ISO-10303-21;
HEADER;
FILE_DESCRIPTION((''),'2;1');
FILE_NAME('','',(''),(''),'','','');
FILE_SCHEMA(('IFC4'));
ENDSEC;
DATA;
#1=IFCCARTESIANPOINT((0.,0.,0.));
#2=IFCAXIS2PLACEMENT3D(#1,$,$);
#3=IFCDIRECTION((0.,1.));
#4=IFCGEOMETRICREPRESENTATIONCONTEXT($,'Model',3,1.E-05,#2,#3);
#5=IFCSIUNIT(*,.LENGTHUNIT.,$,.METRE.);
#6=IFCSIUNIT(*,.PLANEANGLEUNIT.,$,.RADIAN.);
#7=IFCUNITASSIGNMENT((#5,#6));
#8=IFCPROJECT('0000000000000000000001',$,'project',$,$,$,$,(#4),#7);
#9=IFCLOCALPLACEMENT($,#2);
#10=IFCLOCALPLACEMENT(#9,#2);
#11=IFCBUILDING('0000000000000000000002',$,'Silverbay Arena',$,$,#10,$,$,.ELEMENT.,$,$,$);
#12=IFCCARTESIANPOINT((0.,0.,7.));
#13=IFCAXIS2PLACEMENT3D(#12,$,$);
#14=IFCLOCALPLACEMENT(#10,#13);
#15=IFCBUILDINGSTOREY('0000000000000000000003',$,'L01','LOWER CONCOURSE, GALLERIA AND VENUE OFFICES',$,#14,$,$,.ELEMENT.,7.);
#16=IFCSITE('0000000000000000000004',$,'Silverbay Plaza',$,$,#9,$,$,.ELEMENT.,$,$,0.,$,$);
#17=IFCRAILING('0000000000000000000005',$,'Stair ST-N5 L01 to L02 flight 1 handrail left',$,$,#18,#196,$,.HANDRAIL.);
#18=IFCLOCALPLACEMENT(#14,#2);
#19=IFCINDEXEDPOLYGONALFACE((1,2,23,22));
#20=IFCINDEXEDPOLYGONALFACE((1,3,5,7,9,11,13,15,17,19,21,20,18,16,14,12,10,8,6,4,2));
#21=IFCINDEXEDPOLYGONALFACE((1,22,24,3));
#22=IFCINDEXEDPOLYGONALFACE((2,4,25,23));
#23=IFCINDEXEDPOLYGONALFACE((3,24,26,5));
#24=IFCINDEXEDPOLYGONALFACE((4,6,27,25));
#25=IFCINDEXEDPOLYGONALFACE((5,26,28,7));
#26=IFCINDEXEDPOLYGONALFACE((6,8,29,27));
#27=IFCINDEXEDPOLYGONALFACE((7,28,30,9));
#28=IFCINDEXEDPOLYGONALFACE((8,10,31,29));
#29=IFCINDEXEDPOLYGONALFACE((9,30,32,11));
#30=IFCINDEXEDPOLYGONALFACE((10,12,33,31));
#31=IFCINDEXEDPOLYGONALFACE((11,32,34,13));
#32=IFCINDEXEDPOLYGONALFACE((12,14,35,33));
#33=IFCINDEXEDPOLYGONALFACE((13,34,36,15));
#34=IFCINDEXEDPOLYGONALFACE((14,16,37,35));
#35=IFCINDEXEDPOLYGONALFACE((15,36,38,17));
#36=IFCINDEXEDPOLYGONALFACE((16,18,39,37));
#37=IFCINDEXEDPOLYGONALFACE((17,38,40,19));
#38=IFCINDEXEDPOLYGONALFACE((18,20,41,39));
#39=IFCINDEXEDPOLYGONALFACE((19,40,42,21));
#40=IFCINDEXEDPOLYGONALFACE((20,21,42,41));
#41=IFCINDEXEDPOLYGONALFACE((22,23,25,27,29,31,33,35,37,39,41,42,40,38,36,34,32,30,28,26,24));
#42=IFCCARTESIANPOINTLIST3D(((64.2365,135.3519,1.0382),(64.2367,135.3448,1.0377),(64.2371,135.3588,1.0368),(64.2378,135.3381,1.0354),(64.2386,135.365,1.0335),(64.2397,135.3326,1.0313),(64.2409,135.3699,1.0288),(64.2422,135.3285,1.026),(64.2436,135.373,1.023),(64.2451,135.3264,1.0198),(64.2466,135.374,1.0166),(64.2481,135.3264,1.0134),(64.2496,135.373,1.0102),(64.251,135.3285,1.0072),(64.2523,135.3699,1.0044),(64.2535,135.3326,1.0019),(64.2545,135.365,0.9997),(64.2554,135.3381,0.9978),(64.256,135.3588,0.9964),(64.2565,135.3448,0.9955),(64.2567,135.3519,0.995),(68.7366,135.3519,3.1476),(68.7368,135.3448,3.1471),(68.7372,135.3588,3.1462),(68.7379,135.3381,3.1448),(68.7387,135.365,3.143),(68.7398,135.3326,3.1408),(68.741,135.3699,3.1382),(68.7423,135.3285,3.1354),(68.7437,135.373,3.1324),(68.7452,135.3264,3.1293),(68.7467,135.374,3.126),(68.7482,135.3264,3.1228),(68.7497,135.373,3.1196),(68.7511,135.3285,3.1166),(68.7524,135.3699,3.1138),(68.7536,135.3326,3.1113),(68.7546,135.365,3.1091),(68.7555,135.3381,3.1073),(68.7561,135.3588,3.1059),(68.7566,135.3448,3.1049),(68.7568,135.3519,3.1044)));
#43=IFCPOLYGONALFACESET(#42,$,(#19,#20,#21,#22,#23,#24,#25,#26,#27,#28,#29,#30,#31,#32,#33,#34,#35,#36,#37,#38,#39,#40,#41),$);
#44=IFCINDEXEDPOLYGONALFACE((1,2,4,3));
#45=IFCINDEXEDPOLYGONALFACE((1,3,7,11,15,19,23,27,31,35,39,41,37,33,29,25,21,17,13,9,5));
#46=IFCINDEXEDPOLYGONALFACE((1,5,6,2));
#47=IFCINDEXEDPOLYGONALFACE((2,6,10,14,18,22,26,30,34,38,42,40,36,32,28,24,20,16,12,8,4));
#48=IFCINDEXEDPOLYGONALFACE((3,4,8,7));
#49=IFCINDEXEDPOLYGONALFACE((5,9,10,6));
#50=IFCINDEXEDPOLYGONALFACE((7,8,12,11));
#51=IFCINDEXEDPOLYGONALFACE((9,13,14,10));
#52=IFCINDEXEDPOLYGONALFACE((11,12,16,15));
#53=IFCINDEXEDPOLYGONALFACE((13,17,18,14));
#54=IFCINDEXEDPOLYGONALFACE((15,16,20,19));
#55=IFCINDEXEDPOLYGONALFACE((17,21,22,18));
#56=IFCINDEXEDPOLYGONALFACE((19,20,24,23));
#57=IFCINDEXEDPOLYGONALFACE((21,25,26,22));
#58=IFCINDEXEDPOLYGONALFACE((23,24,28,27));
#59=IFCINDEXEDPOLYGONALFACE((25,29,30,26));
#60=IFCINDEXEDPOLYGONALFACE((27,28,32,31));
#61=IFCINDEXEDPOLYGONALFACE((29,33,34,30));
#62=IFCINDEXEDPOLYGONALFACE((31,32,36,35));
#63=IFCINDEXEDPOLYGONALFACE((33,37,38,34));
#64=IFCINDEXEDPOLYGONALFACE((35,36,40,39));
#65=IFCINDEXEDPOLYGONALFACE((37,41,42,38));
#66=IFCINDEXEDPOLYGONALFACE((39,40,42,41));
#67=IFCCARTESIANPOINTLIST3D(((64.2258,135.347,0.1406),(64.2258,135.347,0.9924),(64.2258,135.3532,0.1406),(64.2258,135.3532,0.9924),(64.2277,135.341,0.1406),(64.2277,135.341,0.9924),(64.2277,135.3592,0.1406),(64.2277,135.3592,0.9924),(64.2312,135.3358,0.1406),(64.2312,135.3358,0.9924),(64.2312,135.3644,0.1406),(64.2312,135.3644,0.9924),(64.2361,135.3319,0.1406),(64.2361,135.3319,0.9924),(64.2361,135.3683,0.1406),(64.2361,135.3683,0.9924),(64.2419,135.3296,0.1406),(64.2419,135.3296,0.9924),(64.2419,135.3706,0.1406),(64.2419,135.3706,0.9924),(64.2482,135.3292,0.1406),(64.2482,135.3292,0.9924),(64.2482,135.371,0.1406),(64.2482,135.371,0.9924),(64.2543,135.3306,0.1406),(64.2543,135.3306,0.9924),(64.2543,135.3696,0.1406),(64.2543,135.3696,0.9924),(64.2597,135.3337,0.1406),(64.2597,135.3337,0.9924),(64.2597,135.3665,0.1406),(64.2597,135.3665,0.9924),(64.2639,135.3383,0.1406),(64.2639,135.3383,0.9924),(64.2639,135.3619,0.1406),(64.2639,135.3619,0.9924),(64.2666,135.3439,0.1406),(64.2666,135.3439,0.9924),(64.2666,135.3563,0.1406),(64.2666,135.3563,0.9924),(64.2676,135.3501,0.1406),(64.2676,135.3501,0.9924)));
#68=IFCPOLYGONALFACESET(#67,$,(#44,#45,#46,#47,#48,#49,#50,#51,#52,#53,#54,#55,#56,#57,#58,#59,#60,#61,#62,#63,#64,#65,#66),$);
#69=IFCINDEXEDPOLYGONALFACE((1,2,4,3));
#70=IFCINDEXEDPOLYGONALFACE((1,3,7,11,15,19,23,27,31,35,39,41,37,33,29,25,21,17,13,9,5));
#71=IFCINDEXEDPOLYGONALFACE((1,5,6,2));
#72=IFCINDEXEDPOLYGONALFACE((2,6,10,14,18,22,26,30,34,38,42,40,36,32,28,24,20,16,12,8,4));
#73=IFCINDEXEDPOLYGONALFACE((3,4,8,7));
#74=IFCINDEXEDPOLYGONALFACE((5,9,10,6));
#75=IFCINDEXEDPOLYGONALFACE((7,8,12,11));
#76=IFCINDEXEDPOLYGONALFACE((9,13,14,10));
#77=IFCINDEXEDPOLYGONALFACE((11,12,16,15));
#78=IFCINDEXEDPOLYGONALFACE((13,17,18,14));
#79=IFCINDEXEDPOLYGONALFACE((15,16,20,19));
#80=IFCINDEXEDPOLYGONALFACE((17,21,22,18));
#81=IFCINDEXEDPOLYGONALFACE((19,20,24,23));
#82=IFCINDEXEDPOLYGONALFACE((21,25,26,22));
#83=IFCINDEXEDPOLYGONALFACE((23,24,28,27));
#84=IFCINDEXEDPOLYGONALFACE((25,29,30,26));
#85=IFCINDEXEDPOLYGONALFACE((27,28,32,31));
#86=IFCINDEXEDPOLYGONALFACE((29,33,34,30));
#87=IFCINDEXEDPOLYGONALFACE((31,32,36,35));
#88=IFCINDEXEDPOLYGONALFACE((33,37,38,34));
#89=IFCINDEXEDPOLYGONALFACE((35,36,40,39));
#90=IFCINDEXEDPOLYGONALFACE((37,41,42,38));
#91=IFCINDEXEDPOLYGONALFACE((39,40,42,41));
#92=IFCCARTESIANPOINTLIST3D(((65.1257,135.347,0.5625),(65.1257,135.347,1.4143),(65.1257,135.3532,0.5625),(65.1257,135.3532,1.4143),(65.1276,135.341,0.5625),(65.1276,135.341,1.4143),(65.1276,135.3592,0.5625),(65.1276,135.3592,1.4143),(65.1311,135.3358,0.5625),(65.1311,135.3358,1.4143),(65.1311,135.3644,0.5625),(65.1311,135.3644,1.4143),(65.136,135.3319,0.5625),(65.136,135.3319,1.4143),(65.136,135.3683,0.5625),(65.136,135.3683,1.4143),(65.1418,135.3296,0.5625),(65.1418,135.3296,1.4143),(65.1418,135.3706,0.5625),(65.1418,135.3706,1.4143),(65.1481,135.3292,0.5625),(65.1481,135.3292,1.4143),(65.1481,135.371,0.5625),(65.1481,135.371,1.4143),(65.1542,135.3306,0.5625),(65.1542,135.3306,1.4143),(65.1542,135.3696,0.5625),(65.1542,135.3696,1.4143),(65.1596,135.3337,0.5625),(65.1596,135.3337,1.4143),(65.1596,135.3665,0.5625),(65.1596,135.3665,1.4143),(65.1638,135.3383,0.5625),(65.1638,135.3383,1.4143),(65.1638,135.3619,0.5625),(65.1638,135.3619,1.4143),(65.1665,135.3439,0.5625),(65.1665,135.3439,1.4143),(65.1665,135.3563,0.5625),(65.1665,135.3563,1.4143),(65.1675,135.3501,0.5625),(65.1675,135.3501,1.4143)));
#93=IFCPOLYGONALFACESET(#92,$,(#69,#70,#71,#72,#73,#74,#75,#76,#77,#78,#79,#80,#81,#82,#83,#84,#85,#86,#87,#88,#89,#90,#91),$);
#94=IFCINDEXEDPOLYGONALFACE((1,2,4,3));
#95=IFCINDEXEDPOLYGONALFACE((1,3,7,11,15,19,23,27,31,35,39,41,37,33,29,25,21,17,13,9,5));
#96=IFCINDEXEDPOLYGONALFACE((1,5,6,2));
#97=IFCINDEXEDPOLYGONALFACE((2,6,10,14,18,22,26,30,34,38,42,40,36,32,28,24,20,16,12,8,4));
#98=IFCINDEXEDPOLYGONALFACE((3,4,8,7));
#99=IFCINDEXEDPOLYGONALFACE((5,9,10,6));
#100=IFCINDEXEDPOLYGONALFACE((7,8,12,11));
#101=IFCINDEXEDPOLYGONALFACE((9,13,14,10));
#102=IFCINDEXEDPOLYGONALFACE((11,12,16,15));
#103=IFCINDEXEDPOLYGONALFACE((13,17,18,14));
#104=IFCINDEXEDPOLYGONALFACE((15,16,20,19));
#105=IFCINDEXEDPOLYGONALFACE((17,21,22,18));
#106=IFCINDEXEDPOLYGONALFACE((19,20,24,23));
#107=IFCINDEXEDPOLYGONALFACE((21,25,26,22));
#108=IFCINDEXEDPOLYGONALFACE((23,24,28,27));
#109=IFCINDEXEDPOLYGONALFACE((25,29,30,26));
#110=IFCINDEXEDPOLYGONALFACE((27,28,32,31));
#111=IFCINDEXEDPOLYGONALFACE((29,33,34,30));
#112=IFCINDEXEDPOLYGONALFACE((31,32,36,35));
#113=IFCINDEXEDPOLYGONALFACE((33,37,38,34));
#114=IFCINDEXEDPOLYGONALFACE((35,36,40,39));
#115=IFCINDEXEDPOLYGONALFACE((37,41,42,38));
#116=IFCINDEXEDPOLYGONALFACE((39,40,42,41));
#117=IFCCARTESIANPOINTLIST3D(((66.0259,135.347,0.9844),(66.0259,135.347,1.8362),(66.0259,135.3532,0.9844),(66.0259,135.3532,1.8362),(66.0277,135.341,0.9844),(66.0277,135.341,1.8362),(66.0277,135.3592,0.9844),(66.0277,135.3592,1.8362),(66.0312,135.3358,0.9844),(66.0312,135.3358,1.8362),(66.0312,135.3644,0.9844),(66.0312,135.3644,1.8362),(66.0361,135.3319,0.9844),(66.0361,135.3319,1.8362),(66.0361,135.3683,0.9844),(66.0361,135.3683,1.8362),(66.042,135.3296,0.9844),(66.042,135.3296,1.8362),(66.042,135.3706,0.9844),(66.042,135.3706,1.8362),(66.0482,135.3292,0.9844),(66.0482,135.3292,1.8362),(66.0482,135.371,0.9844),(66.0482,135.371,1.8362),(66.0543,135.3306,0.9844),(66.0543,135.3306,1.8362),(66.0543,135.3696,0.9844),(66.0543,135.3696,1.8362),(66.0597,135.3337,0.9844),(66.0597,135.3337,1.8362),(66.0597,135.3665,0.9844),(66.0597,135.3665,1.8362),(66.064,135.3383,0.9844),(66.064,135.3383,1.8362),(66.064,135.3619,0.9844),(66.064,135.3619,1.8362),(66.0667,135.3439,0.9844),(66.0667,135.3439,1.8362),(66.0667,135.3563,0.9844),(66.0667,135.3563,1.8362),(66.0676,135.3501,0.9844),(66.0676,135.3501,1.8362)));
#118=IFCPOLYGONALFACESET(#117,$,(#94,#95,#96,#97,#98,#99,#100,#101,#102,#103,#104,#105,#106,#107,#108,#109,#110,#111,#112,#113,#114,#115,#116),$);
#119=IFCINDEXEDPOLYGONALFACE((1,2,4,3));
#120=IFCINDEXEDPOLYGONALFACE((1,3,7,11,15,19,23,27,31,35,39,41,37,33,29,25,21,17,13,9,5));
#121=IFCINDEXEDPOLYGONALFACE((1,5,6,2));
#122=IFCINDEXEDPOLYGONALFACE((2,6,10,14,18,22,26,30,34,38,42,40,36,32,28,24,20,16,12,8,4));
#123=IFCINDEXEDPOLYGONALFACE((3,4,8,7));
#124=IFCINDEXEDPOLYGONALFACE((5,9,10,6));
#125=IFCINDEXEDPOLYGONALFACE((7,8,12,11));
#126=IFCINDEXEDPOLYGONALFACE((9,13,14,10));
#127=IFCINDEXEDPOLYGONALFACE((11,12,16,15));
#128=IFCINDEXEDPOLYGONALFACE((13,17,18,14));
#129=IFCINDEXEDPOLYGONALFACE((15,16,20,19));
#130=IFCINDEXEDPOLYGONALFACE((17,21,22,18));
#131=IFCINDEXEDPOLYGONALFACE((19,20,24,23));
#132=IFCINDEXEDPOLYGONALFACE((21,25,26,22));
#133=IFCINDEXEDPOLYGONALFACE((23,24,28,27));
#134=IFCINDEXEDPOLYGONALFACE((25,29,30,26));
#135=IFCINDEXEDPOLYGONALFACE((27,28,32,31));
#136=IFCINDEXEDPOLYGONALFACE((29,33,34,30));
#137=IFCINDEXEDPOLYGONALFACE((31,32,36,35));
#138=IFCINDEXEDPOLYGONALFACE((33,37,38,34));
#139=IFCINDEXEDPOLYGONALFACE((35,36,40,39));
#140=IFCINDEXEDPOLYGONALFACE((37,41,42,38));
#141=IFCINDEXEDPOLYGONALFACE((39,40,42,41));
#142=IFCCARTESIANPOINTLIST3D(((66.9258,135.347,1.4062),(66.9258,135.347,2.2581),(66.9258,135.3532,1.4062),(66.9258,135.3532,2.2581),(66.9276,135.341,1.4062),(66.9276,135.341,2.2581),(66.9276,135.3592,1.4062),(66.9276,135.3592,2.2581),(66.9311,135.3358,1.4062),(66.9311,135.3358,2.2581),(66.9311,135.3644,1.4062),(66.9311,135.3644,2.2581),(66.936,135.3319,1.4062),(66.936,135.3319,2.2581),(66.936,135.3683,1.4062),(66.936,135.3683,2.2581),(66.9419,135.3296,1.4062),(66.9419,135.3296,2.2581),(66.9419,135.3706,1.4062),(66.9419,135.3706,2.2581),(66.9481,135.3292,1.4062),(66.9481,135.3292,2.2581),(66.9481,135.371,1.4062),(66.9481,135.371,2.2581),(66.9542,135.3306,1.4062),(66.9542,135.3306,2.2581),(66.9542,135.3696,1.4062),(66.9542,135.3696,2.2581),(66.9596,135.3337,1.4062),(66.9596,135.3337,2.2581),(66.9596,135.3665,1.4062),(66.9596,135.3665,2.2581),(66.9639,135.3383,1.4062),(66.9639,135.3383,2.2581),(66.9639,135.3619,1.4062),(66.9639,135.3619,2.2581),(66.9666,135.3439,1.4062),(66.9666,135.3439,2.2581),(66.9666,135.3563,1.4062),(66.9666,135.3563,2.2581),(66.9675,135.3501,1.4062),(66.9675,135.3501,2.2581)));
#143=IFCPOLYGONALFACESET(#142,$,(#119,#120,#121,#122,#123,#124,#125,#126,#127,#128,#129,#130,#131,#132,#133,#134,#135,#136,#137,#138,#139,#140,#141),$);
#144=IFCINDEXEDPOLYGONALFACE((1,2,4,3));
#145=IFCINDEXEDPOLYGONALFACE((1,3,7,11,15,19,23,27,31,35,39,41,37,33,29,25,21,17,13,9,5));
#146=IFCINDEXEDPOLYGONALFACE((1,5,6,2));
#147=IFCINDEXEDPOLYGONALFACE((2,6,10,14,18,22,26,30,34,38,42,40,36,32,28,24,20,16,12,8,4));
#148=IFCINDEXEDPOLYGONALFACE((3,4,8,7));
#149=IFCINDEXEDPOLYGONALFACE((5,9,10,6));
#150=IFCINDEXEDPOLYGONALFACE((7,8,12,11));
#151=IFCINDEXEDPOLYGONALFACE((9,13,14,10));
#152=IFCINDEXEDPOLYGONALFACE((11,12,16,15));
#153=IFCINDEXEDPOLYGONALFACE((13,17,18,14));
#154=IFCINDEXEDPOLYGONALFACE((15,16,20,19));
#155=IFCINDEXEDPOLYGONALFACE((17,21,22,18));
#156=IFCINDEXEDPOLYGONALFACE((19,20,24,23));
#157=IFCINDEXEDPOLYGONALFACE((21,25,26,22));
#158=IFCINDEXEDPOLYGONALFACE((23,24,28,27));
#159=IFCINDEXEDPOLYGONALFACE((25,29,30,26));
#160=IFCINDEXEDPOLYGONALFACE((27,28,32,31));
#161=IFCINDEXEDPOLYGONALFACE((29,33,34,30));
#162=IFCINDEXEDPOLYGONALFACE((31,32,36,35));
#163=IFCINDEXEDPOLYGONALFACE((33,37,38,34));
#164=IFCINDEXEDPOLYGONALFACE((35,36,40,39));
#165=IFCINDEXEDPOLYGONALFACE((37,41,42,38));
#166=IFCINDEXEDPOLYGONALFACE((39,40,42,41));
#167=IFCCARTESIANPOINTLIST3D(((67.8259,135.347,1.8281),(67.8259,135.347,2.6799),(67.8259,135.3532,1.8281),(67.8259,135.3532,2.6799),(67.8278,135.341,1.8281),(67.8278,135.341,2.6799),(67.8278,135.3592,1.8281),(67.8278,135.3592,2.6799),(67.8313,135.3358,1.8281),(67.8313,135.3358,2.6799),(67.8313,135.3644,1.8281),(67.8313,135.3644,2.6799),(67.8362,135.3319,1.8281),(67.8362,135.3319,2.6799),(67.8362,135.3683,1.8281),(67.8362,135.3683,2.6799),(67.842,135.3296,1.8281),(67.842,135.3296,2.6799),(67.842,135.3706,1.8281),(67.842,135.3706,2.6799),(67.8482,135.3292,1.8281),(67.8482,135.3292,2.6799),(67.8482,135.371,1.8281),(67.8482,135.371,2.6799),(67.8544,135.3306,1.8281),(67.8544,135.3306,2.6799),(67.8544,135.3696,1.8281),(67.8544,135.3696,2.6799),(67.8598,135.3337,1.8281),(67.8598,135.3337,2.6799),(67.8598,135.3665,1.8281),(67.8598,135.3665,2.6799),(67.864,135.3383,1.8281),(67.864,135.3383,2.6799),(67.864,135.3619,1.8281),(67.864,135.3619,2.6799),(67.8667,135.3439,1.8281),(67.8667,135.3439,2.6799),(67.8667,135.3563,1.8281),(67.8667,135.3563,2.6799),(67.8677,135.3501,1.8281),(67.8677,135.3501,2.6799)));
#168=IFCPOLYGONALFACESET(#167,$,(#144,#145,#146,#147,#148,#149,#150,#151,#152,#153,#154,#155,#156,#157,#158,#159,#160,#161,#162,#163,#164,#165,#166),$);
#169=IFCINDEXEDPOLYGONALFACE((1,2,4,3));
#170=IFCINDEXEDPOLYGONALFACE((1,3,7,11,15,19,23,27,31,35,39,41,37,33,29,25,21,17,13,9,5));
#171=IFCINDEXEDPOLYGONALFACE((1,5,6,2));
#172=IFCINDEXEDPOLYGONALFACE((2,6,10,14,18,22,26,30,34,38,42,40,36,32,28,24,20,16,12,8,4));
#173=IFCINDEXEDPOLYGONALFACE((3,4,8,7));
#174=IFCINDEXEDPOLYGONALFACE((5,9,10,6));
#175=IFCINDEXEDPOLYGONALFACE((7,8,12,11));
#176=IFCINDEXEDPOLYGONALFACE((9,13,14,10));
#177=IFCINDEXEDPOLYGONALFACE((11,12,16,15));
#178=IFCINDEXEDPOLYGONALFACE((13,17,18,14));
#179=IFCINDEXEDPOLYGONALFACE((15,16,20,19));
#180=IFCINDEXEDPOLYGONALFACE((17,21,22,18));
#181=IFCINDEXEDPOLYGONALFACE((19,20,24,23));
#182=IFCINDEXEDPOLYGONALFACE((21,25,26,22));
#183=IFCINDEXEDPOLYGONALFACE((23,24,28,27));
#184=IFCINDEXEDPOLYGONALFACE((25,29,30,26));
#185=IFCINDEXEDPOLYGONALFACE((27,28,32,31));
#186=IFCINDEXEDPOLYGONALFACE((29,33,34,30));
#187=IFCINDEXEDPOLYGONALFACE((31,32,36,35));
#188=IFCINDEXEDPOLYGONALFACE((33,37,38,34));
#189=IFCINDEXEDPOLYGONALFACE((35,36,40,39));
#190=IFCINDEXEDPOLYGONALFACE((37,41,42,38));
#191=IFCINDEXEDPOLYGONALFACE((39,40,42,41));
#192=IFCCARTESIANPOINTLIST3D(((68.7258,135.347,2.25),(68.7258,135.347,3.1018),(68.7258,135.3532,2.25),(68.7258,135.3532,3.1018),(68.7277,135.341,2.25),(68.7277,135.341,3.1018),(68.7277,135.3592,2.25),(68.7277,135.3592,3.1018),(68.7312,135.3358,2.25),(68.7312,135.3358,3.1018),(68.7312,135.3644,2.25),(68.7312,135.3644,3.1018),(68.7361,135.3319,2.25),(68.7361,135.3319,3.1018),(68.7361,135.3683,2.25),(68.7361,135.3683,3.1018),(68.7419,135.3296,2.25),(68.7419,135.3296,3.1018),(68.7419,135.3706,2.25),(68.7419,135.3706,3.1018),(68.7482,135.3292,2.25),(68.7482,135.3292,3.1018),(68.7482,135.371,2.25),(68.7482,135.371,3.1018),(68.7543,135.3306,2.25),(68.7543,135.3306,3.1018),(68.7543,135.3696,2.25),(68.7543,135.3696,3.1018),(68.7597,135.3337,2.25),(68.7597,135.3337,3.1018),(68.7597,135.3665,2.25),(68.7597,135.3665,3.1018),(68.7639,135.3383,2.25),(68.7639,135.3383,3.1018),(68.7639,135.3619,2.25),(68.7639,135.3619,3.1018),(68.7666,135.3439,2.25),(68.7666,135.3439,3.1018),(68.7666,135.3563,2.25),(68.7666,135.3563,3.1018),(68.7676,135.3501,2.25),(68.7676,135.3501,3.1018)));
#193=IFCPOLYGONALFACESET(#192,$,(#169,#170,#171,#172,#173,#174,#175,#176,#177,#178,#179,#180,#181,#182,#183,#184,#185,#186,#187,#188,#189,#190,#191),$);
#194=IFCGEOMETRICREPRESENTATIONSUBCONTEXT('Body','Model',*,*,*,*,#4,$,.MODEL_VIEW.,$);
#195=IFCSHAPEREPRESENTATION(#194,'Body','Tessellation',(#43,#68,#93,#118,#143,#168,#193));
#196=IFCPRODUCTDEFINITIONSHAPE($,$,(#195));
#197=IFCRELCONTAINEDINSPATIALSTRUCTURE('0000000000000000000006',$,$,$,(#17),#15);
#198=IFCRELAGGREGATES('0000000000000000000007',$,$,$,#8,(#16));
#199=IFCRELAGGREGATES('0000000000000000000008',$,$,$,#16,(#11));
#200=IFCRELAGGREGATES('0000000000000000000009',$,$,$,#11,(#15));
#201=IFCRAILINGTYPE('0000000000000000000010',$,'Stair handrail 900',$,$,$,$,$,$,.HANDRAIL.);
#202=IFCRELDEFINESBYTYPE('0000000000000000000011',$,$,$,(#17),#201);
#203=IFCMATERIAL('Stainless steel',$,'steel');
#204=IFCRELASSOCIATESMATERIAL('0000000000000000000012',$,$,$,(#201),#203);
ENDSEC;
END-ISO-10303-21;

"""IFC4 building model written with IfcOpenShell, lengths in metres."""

from ifc_helpers import new_model, si_unit, direction, frame, origin, origin_2d, place, context, subcontext, project, spatial, circle, extrude, material, type_object, element, save


model = new_model("IFC4")

# Units and contexts
model_context = context("Model", 3, precision=1e-05, world=origin(), true_north=direction((0.0, 1.0)))
body_context = subcontext(model_context, "Body", "Model", "MODEL_VIEW")
ifc_project = project(units=[si_unit("LENGTHUNIT", "METRE"), si_unit("PLANEANGLEUNIT", "RADIAN")], contexts=[model_context])

# Site, building, storey
site_placement = place(None, origin())
site = spatial("IfcSite", under=ifc_project, at=site_placement, Name="Silverbay Plaza", CompositionType="ELEMENT", RefElevation=0.0)
building_placement = place(site_placement, origin())
building = spatial("IfcBuilding", under=site, at=building_placement, Name="Silverbay Arena", CompositionType="ELEMENT")
storey_placement = place(building_placement, frame((0.0, 0.0, 7.0)))
storey = spatial("IfcBuildingStorey", under=building, at=storey_placement, Name="L01", Description="LOWER CONCOURSE, GALLERIA AND VENUE OFFICES", CompositionType="ELEMENT", Elevation=7.0)

# Railing
ifc_material_1 = material(Name="Stainless steel", Category="steel")
railing_type_1 = type_object("IfcRailingType", Name="Stair handrail 900", PredefinedType="HANDRAIL", material=ifc_material_1)
for number, where, name in (
    (1, (64.2466, 135.3501, 0.1406), "Stair ST-N5 L01 to L02 flight 1 handrail left"),
):
    element("IfcRailing", number, at=place(storey_placement, frame(where)), inside=storey, type_object=railing_type_1, Name=name, PredefinedType="HANDRAIL", context=body_context, shape_type="SweptSolid", body=[
        extrude(circle(Radius=0.0239, at=origin_2d()), frame((0.0, 0.0, 0.876), z_axis=(0.905459, 0.0, 0.424434), x_axis=(0.0, 1.0, 0.0)), (0.0, 0.0, 1.0), 4.97),
        extrude(circle(Radius=0.021, at=origin_2d()), origin(), (0.0, 0.0, 1.0), 0.8518),
        extrude(circle(Radius=0.021, at=origin_2d()), frame((0.8999, 0.0, 0.4219)), (0.0, 0.0, 1.0), 0.8518),
        extrude(circle(Radius=0.021, at=origin_2d()), frame((1.8, 0.0, 0.8438)), (0.0, 0.0, 1.0), 0.8518),
        extrude(circle(Radius=0.021, at=origin_2d()), frame((2.7, 0.0, 1.2656)), (0.0, 0.0, 1.0), 0.8518),
        extrude(circle(Radius=0.021, at=origin_2d()), frame((3.6001, 0.0, 1.6875)), (0.0, 0.0, 1.0), 0.8518),
        extrude(circle(Radius=0.021, at=origin_2d()), frame((4.5, 0.0, 2.1094)), (0.0, 0.0, 1.0), 0.8518),
    ])

save(model, "model.ifc")
